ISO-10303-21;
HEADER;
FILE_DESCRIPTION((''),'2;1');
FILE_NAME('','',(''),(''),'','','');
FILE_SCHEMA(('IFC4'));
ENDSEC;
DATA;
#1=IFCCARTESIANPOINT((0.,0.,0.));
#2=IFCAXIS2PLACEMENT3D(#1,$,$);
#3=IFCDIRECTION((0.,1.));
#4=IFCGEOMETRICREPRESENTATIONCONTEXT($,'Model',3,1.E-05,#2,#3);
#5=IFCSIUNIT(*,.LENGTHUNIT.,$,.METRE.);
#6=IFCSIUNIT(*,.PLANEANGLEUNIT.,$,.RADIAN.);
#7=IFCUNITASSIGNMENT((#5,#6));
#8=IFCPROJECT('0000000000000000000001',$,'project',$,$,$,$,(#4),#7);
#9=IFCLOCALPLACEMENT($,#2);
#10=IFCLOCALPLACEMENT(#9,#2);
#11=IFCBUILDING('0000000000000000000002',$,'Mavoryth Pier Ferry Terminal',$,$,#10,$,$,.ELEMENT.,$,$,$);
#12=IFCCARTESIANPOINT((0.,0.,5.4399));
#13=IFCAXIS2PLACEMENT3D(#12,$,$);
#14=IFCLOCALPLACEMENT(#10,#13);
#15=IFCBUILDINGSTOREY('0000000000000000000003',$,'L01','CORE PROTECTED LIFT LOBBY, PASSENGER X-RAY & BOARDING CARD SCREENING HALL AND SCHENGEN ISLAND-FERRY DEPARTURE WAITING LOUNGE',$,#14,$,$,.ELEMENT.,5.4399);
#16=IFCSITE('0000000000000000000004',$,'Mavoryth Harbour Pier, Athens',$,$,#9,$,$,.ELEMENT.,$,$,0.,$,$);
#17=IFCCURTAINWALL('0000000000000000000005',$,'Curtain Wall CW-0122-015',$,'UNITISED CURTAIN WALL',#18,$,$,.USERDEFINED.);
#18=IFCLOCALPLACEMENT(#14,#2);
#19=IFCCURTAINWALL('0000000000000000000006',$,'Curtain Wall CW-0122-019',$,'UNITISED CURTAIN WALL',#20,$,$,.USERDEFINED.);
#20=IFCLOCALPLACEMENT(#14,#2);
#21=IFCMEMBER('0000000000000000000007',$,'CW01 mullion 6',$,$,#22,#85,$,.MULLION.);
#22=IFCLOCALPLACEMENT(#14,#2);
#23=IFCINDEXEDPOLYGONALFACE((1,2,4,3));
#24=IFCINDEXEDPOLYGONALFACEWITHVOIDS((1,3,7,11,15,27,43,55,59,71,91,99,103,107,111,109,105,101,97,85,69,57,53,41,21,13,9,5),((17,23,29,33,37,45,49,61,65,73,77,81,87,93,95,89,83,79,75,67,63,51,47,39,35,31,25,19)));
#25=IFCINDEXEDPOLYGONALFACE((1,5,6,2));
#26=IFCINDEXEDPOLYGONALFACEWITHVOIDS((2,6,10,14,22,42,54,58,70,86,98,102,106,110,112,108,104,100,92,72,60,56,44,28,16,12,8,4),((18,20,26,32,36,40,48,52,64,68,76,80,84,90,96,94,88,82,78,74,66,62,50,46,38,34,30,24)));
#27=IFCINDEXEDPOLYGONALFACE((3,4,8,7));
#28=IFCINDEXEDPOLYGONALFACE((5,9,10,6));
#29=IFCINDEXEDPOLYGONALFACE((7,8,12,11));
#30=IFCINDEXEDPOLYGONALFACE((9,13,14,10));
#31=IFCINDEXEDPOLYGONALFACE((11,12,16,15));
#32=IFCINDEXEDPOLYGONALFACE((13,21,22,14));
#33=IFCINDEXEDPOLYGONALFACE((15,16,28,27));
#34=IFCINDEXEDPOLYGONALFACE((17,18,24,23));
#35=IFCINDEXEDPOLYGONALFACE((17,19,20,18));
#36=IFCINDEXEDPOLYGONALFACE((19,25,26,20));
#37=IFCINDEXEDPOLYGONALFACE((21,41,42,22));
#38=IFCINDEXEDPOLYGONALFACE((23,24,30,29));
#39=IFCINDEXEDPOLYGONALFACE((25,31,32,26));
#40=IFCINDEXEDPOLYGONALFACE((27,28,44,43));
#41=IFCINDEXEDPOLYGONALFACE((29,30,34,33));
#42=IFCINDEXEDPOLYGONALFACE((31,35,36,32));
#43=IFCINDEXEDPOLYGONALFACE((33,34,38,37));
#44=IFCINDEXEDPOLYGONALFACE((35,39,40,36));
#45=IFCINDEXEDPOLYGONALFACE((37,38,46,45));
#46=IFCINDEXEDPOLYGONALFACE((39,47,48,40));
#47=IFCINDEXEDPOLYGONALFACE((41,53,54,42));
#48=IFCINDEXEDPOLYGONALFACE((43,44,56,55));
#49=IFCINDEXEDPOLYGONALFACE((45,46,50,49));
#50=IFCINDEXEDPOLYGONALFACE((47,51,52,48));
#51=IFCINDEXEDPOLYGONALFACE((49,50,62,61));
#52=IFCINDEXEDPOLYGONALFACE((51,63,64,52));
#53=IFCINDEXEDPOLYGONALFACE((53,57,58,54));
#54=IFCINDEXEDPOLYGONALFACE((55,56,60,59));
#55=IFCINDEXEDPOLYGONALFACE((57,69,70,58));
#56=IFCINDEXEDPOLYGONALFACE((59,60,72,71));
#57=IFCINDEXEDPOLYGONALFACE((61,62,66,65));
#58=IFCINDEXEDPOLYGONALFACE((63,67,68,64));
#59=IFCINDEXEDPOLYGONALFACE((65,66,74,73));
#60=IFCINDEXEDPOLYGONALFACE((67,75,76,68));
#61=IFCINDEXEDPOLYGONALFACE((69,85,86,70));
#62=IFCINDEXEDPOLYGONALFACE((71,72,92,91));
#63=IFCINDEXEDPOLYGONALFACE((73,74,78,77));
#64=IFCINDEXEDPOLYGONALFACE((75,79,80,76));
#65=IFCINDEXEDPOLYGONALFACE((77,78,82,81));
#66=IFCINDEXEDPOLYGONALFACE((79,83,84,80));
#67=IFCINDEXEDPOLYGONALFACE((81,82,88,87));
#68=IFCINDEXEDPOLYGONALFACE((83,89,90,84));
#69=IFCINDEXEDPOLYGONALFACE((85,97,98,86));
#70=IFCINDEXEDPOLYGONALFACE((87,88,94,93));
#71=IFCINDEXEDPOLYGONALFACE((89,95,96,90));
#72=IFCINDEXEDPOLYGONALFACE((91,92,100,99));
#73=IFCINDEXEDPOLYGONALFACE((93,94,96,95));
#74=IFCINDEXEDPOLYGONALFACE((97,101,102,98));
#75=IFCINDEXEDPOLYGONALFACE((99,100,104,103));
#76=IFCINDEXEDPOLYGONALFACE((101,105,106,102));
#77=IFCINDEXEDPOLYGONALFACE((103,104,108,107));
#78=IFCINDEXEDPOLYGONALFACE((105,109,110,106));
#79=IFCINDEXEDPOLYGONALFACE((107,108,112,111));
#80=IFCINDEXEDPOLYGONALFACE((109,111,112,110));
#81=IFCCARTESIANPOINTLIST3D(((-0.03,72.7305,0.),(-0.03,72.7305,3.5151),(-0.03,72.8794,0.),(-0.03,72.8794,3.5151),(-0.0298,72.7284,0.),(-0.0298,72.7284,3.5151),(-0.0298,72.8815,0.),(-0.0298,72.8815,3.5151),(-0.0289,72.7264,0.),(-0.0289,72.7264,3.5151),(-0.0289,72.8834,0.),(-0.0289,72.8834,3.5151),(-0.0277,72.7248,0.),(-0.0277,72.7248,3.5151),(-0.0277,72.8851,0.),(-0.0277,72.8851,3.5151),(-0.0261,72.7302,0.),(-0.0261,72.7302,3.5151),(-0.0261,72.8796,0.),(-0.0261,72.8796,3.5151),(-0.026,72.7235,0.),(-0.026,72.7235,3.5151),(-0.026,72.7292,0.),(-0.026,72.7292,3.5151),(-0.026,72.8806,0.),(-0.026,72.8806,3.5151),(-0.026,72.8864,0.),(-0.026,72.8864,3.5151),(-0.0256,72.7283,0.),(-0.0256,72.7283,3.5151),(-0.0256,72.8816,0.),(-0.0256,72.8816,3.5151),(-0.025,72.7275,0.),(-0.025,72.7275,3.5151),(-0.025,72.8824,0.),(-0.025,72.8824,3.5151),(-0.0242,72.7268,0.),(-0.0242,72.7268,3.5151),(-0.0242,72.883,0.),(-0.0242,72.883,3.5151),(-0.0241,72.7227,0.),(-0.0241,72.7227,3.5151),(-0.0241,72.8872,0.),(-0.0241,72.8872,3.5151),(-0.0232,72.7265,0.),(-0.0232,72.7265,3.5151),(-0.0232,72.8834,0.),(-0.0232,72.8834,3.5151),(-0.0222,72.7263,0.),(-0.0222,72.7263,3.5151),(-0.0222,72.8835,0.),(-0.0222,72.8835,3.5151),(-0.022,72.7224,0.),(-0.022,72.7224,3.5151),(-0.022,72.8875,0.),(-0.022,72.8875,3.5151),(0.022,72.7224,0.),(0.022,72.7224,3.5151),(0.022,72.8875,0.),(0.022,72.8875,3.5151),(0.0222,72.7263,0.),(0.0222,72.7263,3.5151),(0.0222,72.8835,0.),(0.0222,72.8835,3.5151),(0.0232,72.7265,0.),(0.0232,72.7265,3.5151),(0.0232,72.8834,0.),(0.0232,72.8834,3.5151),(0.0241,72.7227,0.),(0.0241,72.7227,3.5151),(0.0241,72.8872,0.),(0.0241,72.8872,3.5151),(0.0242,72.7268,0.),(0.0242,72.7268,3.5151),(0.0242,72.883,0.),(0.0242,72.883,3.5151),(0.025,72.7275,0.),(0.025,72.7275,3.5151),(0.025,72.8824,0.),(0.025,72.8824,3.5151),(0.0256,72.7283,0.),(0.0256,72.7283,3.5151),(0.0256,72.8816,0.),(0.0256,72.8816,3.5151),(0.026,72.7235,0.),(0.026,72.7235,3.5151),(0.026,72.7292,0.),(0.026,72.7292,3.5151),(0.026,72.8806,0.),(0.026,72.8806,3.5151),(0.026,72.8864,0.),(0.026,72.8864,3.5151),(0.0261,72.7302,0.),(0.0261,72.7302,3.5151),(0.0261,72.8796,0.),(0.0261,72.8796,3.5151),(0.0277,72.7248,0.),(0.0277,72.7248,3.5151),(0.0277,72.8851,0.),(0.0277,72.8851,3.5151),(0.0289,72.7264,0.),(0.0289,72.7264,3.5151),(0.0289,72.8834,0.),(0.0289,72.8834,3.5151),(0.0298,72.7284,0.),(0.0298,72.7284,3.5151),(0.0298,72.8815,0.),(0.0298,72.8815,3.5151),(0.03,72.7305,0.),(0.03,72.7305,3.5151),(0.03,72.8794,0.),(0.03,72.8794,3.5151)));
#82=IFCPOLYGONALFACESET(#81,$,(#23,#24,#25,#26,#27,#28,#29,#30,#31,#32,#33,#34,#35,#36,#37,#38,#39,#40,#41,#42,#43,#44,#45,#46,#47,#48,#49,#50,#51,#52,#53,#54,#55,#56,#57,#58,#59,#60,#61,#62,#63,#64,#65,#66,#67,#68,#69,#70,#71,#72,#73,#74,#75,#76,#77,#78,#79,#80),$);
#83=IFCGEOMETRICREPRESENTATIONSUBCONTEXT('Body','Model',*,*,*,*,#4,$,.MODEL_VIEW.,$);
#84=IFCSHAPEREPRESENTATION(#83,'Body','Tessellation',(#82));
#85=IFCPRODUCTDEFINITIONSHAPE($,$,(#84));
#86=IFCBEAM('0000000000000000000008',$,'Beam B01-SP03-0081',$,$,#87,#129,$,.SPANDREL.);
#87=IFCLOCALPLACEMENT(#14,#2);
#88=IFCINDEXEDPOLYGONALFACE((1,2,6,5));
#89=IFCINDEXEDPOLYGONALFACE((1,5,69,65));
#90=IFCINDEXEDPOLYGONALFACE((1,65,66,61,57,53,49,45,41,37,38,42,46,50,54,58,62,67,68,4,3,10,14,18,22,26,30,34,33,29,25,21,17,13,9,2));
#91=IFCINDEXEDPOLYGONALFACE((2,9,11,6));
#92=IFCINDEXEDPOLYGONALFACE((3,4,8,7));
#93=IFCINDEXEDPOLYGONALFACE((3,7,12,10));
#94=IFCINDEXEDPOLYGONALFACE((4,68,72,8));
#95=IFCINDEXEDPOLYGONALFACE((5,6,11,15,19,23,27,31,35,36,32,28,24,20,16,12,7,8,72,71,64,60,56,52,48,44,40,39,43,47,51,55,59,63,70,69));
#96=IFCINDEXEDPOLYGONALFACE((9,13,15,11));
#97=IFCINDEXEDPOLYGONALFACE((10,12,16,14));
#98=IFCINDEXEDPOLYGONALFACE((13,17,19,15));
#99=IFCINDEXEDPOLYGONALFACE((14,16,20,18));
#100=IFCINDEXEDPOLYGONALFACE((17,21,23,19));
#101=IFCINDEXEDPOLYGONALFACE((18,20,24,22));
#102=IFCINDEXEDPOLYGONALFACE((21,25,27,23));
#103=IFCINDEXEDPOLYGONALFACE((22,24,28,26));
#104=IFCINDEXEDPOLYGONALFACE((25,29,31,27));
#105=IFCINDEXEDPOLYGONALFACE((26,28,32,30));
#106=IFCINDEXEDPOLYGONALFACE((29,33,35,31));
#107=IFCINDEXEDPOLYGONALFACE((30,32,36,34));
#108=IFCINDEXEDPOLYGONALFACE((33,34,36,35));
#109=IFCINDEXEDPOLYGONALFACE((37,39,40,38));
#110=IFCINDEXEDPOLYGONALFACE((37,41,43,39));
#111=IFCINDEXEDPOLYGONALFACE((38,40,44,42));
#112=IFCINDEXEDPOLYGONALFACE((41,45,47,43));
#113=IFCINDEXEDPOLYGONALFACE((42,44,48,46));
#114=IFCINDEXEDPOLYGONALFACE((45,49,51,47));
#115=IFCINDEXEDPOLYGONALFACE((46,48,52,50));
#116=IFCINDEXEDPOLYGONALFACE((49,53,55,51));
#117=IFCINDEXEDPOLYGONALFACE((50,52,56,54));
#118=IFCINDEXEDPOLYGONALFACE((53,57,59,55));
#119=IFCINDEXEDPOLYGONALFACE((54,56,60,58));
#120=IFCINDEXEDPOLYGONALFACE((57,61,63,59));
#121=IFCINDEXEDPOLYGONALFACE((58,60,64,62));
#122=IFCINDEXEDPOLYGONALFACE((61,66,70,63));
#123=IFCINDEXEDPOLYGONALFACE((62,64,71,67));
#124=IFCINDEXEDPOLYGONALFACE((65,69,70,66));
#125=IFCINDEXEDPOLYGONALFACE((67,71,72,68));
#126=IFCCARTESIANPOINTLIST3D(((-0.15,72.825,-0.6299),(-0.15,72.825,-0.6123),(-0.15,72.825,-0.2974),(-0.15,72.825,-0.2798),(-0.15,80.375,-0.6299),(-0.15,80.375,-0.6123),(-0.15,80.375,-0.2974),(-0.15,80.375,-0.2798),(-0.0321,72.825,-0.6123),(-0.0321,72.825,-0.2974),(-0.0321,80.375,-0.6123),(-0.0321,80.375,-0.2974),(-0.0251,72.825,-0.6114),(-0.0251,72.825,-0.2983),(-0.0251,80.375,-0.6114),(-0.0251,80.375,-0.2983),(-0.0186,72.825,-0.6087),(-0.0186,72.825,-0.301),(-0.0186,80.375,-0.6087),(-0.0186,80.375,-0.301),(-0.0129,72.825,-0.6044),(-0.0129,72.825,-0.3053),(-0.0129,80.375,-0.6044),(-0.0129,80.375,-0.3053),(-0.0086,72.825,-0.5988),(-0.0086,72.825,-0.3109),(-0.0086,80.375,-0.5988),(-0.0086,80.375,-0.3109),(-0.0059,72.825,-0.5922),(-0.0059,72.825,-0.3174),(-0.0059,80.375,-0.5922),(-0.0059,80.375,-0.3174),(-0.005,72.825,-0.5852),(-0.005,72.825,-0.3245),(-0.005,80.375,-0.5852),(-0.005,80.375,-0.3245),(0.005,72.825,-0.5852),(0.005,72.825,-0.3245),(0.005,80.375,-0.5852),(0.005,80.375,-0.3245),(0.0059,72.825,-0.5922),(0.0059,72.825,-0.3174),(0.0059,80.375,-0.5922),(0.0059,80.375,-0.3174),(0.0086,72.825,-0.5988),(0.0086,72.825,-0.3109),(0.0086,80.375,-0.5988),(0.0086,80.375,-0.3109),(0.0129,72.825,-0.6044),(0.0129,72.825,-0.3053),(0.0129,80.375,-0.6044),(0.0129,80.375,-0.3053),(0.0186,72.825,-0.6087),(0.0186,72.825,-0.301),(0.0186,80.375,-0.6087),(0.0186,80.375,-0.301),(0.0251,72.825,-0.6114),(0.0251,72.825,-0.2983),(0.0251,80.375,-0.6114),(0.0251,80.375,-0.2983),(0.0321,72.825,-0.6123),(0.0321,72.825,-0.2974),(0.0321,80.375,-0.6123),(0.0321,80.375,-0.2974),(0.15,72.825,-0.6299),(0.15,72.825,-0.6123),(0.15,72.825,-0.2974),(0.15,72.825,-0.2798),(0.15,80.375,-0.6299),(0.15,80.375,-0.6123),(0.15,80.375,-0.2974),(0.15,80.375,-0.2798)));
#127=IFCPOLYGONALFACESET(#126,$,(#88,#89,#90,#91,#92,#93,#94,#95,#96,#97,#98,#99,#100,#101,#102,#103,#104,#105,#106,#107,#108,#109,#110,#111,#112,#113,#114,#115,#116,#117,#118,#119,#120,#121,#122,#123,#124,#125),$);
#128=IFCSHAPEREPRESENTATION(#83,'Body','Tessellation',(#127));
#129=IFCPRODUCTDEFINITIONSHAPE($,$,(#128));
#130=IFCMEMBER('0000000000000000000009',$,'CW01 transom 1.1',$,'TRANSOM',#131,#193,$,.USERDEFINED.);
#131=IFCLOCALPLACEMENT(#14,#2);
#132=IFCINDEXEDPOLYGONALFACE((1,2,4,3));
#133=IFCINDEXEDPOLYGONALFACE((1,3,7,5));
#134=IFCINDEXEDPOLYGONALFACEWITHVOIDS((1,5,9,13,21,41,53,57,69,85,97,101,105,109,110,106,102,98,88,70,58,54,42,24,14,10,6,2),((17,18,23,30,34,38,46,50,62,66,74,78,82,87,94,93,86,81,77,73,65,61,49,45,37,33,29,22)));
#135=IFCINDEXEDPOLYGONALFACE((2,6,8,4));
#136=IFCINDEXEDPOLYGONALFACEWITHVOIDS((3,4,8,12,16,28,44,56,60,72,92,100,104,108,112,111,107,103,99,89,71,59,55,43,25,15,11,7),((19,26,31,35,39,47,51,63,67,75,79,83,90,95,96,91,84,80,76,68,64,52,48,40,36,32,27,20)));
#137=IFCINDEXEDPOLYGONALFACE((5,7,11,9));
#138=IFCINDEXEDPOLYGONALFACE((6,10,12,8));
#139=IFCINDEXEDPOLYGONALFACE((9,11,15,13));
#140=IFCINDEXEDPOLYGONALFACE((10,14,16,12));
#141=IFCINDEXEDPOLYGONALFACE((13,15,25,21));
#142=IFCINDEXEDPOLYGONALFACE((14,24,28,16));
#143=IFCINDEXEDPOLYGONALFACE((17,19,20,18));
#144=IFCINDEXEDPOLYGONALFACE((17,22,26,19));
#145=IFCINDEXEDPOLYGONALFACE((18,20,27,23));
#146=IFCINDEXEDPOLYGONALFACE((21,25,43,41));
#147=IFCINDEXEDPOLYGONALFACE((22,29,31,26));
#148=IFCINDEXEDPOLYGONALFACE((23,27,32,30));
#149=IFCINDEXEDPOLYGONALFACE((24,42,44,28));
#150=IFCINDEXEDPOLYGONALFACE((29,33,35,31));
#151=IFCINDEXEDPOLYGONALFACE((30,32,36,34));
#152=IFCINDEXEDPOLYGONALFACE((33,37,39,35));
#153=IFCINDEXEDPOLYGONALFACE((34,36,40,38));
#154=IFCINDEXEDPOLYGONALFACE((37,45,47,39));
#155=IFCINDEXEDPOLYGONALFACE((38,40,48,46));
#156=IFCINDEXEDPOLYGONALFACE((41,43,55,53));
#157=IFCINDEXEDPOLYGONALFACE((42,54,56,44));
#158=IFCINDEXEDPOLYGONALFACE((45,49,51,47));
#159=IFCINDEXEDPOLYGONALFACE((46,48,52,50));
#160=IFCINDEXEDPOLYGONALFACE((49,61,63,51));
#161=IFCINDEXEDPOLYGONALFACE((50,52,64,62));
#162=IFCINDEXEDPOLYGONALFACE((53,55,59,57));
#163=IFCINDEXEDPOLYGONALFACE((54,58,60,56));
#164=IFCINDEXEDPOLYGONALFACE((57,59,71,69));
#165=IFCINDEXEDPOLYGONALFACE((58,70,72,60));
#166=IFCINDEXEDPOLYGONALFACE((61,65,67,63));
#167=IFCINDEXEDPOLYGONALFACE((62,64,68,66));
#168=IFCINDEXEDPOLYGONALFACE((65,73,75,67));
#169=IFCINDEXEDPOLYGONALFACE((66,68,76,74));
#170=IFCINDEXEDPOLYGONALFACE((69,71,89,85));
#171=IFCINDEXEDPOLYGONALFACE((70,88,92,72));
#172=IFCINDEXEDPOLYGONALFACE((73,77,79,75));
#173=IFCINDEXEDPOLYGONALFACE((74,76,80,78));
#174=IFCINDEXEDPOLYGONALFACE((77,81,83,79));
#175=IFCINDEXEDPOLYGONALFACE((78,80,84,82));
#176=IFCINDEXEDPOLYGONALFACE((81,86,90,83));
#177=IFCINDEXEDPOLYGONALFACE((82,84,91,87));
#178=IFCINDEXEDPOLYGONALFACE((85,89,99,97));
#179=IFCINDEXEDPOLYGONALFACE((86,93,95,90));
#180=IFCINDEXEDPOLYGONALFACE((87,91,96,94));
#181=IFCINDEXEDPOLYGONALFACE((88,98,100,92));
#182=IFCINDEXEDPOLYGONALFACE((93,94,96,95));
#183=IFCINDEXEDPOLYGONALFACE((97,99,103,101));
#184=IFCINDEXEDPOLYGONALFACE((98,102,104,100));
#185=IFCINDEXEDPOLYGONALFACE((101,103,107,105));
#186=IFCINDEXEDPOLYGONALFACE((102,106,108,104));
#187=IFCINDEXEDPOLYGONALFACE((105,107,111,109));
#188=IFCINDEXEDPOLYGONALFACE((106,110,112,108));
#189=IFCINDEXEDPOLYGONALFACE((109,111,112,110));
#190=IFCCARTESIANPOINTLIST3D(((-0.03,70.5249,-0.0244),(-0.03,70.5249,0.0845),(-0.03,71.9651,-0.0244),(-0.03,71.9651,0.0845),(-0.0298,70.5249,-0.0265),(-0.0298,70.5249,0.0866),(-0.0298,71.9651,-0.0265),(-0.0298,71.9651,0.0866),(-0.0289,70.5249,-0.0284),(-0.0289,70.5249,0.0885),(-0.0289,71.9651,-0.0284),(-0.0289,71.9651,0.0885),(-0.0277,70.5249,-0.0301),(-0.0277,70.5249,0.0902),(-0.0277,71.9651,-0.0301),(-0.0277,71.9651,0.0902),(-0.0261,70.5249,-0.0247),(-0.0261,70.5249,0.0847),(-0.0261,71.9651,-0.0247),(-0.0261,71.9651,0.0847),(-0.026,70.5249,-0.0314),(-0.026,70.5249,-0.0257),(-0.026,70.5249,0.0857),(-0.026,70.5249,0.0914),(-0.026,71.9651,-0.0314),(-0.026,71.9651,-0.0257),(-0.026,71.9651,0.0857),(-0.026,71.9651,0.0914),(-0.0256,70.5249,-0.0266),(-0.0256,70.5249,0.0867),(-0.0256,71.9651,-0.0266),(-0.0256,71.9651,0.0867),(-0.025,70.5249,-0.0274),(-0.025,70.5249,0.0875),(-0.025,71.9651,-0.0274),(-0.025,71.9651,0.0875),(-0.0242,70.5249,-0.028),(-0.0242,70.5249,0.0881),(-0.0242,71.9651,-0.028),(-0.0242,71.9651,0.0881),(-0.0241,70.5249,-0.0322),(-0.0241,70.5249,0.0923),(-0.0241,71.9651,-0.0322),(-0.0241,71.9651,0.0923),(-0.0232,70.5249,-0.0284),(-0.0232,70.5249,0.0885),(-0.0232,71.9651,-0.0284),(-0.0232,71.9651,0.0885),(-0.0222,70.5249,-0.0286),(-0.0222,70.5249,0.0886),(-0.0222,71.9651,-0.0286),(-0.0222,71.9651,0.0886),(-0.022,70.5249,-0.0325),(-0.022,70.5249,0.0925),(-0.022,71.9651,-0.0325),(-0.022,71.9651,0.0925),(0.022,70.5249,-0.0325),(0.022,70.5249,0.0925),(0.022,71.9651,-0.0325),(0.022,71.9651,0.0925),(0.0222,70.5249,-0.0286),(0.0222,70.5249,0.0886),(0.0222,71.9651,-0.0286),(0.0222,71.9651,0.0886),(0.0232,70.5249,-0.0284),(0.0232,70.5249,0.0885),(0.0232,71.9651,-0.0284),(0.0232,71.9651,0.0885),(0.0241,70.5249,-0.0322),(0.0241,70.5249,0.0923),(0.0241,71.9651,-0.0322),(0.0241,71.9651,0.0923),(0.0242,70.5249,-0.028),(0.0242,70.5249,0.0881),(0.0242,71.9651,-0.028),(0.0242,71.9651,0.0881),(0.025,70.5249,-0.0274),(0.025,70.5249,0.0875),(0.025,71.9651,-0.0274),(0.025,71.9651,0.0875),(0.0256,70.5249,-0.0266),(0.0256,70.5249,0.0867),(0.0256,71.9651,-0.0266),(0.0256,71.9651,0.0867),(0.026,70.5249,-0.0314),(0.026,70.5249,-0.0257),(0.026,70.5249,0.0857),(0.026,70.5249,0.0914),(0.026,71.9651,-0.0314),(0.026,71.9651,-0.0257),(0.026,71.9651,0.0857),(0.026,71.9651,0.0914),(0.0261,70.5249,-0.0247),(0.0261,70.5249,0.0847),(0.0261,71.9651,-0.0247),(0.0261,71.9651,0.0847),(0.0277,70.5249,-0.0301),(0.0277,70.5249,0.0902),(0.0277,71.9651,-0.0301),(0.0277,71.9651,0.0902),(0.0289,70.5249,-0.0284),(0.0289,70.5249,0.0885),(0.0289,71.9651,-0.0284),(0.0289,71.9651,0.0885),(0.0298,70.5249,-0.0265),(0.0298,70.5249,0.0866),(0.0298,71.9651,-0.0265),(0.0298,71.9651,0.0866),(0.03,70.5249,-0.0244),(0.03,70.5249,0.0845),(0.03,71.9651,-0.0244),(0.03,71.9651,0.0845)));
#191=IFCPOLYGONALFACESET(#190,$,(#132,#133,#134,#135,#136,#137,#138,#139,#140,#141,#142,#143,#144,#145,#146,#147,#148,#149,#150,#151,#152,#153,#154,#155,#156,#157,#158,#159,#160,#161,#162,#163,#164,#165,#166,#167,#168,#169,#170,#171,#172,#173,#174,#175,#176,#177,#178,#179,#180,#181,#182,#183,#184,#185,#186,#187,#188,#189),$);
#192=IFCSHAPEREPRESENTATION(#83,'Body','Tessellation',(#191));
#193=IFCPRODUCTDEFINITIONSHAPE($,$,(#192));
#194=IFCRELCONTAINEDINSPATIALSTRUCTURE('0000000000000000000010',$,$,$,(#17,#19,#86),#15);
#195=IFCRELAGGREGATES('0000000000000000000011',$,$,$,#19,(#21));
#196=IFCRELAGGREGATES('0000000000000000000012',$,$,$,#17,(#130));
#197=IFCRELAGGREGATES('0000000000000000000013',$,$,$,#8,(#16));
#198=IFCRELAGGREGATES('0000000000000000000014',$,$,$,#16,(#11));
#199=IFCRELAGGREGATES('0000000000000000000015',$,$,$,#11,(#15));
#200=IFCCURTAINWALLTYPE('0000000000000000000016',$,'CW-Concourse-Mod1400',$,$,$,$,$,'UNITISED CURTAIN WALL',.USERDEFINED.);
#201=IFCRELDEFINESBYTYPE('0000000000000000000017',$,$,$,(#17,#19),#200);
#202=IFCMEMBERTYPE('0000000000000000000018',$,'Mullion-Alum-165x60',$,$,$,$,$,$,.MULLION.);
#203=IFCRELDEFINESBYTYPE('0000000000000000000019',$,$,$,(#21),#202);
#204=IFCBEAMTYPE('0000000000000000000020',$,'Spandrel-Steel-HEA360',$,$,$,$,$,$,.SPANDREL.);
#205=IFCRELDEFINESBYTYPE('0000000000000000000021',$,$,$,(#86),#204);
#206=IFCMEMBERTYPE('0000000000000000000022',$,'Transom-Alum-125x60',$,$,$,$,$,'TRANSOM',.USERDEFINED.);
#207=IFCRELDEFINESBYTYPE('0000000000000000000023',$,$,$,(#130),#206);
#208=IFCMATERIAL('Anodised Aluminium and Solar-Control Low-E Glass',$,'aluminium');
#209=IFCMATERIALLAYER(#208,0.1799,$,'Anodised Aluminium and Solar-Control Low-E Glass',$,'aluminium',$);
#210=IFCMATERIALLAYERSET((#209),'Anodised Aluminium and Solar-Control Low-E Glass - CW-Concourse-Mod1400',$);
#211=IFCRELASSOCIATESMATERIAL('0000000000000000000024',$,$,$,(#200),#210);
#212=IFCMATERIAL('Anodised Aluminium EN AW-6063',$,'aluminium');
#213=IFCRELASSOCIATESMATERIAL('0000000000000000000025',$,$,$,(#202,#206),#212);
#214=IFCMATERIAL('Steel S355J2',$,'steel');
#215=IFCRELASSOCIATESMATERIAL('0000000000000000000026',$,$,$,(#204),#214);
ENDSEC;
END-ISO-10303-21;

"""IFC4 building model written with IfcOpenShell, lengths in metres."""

from ifc_helpers import new_model, si_unit, direction, frame, origin, origin_2d, place, context, subcontext, project, spatial, hollow_rectangle, i_section, extrude, material, layer, layer_set, material_profile, profile_set, type_object, element, aggregate, save


model = new_model("IFC4")

# Units and contexts
model_context = context("Model", 3, precision=1e-05, world=origin(), true_north=direction((0.0, 1.0)))
body_context = subcontext(model_context, "Body", "Model", "MODEL_VIEW")
ifc_project = project(units=[si_unit("LENGTHUNIT", "METRE"), si_unit("PLANEANGLEUNIT", "RADIAN")], contexts=[model_context])

# Site, building, storey
site_placement = place(None, origin())
site = spatial("IfcSite", under=ifc_project, at=site_placement, Name="Mavoryth Harbour Pier, Athens", CompositionType="ELEMENT", RefElevation=0.0)
building_placement = place(site_placement, origin())
building = spatial("IfcBuilding", under=site, at=building_placement, Name="Mavoryth Pier Ferry Terminal", CompositionType="ELEMENT")
storey_placement = place(building_placement, frame((0.0, 0.0, 5.4399)))
storey = spatial("IfcBuildingStorey", under=building, at=storey_placement, Name="L01", Description="CORE PROTECTED LIFT LOBBY, PASSENGER X-RAY & BOARDING CARD SCREENING HALL AND SCHENGEN ISLAND-FERRY DEPARTURE WAITING LOUNGE", CompositionType="ELEMENT", Elevation=5.4399)

# Shared definitions
ifc_material_1 = material(Name="Steel S355J2", Category="steel")

# Curtain wall
ifc_material_2 = material(Name="Anodised Aluminium and Solar-Control Low-E Glass", Category="aluminium")
ifc_layer_1 = layer(ifc_material_2, 0.1799, Name="Anodised Aluminium and Solar-Control Low-E Glass", Category="aluminium")
ifc_layer_set_1 = layer_set([ifc_layer_1], Name="Anodised Aluminium and Solar-Control Low-E Glass - CW-Concourse-Mod1400")
curtain_wall_type = type_object("IfcCurtainWallType", Name="CW-Concourse-Mod1400", ElementType="UNITISED CURTAIN WALL", PredefinedType="USERDEFINED", material=ifc_layer_set_1)
curtain_wall_1_placement = place(storey_placement, origin())
curtain_wall_1 = element("IfcCurtainWall", 1, at=curtain_wall_1_placement, inside=storey, type_object=curtain_wall_type, Name="Curtain Wall CW-0122-015", ObjectType="UNITISED CURTAIN WALL", PredefinedType="USERDEFINED")
ifc_material_3 = material(Name="Anodised Aluminium EN AW-6063", Category="aluminium")
ifc_material_profile_1 = material_profile(ifc_material_3, hollow_rectangle(XDim=0.0601, YDim=0.165, WallThickness=0.0039, InnerFilletRadius=0.0039, OuterFilletRadius=0.0081, at=origin_2d()), Name="AL-MULL 165x60x4", Category="aluminium")
ifc_profile_set_1 = profile_set([ifc_material_profile_1], Name="Anodised Aluminium EN AW-6063 - AL-MULL 165x60x4")
member_type_1 = type_object("IfcMemberType", Name="Mullion-Alum-165x60", PredefinedType="MULLION", material=ifc_profile_set_1)

# Curtain wall, member
curtain_wall_2_placement = place(storey_placement, origin())
curtain_wall_2 = element("IfcCurtainWall", 2, at=curtain_wall_2_placement, inside=storey, type_object=curtain_wall_type, Name="Curtain Wall CW-0122-019", ObjectType="UNITISED CURTAIN WALL", PredefinedType="USERDEFINED")
member_1_placement = place(storey_placement, frame((0.0, 72.8049, 0.0), z_axis=(0.0, 0.0, 1.0), x_axis=(1.0, 0.0, 0.0)))
member_1 = element("IfcMember", 3, at=member_1_placement, type_object=member_type_1, Name="CW01 mullion 6", PredefinedType="MULLION", context=body_context, shape_type="SweptSolid", body=[
    extrude(hollow_rectangle(XDim=0.0601, YDim=0.165, WallThickness=0.0039, InnerFilletRadius=0.0039, OuterFilletRadius=0.0081, at=origin_2d()), origin(), (0.0, 0.0, 1.0), 3.5151),
])
aggregate(curtain_wall_2, [member_1])

# Beam
ifc_material_profile_2 = material_profile(ifc_material_1, i_section(OverallWidth=0.3, OverallDepth=0.3501, WebThickness=0.01, FlangeThickness=0.0176, FilletRadius=0.0271, at=origin_2d()), Name="HEA 360", Category="steel")
ifc_profile_set_2 = profile_set([ifc_material_profile_2], Name="Steel S355J2 - HEA 360")
beam_type_1 = type_object("IfcBeamType", Name="Spandrel-Steel-HEA360", PredefinedType="SPANDREL", material=ifc_profile_set_2)
beam_1_placement = place(storey_placement, frame((0.0, 72.825, -0.4548), z_axis=(0.0, 1.0, 0.0), x_axis=(-1.0, 0.0, 0.0)))
element("IfcBeam", 4, at=beam_1_placement, inside=storey, type_object=beam_type_1, Name="Beam B01-SP03-0081", PredefinedType="SPANDREL", context=body_context, shape_type="SweptSolid", body=[
    extrude(i_section(OverallWidth=0.3, OverallDepth=0.3501, WebThickness=0.01, FlangeThickness=0.0176, FilletRadius=0.0271, at=origin_2d()), origin(), (0.0, 0.0, 1.0), 7.55),
])

# Member
ifc_material_profile_3 = material_profile(ifc_material_3, hollow_rectangle(XDim=0.0601, YDim=0.125, WallThickness=0.0039, InnerFilletRadius=0.0039, OuterFilletRadius=0.0081, at=origin_2d()), Name="AL-TRAN 125x60x4", Category="aluminium")
ifc_profile_set_3 = profile_set([ifc_material_profile_3], Name="Anodised Aluminium EN AW-6063 - AL-TRAN 125x60x4")
member_type_2 = type_object("IfcMemberType", Name="Transom-Alum-125x60", ElementType="TRANSOM", PredefinedType="USERDEFINED", material=ifc_profile_set_3)
member_2_placement = place(storey_placement, frame((0.0, 71.9651, 0.03), z_axis=(0.0, -1.0, 0.0), x_axis=(1.0, 0.0, 0.0)))
member_2 = element("IfcMember", 5, at=member_2_placement, type_object=member_type_2, Name="CW01 transom 1.1", ObjectType="TRANSOM", PredefinedType="USERDEFINED", context=body_context, shape_type="SweptSolid", body=[
    extrude(hollow_rectangle(XDim=0.0601, YDim=0.125, WallThickness=0.0039, InnerFilletRadius=0.0039, OuterFilletRadius=0.0081, at=origin_2d()), origin(), (0.0, 0.0, 1.0), 1.4402),
])

aggregate(curtain_wall_1, [member_2])

save(model, "model.ifc")
